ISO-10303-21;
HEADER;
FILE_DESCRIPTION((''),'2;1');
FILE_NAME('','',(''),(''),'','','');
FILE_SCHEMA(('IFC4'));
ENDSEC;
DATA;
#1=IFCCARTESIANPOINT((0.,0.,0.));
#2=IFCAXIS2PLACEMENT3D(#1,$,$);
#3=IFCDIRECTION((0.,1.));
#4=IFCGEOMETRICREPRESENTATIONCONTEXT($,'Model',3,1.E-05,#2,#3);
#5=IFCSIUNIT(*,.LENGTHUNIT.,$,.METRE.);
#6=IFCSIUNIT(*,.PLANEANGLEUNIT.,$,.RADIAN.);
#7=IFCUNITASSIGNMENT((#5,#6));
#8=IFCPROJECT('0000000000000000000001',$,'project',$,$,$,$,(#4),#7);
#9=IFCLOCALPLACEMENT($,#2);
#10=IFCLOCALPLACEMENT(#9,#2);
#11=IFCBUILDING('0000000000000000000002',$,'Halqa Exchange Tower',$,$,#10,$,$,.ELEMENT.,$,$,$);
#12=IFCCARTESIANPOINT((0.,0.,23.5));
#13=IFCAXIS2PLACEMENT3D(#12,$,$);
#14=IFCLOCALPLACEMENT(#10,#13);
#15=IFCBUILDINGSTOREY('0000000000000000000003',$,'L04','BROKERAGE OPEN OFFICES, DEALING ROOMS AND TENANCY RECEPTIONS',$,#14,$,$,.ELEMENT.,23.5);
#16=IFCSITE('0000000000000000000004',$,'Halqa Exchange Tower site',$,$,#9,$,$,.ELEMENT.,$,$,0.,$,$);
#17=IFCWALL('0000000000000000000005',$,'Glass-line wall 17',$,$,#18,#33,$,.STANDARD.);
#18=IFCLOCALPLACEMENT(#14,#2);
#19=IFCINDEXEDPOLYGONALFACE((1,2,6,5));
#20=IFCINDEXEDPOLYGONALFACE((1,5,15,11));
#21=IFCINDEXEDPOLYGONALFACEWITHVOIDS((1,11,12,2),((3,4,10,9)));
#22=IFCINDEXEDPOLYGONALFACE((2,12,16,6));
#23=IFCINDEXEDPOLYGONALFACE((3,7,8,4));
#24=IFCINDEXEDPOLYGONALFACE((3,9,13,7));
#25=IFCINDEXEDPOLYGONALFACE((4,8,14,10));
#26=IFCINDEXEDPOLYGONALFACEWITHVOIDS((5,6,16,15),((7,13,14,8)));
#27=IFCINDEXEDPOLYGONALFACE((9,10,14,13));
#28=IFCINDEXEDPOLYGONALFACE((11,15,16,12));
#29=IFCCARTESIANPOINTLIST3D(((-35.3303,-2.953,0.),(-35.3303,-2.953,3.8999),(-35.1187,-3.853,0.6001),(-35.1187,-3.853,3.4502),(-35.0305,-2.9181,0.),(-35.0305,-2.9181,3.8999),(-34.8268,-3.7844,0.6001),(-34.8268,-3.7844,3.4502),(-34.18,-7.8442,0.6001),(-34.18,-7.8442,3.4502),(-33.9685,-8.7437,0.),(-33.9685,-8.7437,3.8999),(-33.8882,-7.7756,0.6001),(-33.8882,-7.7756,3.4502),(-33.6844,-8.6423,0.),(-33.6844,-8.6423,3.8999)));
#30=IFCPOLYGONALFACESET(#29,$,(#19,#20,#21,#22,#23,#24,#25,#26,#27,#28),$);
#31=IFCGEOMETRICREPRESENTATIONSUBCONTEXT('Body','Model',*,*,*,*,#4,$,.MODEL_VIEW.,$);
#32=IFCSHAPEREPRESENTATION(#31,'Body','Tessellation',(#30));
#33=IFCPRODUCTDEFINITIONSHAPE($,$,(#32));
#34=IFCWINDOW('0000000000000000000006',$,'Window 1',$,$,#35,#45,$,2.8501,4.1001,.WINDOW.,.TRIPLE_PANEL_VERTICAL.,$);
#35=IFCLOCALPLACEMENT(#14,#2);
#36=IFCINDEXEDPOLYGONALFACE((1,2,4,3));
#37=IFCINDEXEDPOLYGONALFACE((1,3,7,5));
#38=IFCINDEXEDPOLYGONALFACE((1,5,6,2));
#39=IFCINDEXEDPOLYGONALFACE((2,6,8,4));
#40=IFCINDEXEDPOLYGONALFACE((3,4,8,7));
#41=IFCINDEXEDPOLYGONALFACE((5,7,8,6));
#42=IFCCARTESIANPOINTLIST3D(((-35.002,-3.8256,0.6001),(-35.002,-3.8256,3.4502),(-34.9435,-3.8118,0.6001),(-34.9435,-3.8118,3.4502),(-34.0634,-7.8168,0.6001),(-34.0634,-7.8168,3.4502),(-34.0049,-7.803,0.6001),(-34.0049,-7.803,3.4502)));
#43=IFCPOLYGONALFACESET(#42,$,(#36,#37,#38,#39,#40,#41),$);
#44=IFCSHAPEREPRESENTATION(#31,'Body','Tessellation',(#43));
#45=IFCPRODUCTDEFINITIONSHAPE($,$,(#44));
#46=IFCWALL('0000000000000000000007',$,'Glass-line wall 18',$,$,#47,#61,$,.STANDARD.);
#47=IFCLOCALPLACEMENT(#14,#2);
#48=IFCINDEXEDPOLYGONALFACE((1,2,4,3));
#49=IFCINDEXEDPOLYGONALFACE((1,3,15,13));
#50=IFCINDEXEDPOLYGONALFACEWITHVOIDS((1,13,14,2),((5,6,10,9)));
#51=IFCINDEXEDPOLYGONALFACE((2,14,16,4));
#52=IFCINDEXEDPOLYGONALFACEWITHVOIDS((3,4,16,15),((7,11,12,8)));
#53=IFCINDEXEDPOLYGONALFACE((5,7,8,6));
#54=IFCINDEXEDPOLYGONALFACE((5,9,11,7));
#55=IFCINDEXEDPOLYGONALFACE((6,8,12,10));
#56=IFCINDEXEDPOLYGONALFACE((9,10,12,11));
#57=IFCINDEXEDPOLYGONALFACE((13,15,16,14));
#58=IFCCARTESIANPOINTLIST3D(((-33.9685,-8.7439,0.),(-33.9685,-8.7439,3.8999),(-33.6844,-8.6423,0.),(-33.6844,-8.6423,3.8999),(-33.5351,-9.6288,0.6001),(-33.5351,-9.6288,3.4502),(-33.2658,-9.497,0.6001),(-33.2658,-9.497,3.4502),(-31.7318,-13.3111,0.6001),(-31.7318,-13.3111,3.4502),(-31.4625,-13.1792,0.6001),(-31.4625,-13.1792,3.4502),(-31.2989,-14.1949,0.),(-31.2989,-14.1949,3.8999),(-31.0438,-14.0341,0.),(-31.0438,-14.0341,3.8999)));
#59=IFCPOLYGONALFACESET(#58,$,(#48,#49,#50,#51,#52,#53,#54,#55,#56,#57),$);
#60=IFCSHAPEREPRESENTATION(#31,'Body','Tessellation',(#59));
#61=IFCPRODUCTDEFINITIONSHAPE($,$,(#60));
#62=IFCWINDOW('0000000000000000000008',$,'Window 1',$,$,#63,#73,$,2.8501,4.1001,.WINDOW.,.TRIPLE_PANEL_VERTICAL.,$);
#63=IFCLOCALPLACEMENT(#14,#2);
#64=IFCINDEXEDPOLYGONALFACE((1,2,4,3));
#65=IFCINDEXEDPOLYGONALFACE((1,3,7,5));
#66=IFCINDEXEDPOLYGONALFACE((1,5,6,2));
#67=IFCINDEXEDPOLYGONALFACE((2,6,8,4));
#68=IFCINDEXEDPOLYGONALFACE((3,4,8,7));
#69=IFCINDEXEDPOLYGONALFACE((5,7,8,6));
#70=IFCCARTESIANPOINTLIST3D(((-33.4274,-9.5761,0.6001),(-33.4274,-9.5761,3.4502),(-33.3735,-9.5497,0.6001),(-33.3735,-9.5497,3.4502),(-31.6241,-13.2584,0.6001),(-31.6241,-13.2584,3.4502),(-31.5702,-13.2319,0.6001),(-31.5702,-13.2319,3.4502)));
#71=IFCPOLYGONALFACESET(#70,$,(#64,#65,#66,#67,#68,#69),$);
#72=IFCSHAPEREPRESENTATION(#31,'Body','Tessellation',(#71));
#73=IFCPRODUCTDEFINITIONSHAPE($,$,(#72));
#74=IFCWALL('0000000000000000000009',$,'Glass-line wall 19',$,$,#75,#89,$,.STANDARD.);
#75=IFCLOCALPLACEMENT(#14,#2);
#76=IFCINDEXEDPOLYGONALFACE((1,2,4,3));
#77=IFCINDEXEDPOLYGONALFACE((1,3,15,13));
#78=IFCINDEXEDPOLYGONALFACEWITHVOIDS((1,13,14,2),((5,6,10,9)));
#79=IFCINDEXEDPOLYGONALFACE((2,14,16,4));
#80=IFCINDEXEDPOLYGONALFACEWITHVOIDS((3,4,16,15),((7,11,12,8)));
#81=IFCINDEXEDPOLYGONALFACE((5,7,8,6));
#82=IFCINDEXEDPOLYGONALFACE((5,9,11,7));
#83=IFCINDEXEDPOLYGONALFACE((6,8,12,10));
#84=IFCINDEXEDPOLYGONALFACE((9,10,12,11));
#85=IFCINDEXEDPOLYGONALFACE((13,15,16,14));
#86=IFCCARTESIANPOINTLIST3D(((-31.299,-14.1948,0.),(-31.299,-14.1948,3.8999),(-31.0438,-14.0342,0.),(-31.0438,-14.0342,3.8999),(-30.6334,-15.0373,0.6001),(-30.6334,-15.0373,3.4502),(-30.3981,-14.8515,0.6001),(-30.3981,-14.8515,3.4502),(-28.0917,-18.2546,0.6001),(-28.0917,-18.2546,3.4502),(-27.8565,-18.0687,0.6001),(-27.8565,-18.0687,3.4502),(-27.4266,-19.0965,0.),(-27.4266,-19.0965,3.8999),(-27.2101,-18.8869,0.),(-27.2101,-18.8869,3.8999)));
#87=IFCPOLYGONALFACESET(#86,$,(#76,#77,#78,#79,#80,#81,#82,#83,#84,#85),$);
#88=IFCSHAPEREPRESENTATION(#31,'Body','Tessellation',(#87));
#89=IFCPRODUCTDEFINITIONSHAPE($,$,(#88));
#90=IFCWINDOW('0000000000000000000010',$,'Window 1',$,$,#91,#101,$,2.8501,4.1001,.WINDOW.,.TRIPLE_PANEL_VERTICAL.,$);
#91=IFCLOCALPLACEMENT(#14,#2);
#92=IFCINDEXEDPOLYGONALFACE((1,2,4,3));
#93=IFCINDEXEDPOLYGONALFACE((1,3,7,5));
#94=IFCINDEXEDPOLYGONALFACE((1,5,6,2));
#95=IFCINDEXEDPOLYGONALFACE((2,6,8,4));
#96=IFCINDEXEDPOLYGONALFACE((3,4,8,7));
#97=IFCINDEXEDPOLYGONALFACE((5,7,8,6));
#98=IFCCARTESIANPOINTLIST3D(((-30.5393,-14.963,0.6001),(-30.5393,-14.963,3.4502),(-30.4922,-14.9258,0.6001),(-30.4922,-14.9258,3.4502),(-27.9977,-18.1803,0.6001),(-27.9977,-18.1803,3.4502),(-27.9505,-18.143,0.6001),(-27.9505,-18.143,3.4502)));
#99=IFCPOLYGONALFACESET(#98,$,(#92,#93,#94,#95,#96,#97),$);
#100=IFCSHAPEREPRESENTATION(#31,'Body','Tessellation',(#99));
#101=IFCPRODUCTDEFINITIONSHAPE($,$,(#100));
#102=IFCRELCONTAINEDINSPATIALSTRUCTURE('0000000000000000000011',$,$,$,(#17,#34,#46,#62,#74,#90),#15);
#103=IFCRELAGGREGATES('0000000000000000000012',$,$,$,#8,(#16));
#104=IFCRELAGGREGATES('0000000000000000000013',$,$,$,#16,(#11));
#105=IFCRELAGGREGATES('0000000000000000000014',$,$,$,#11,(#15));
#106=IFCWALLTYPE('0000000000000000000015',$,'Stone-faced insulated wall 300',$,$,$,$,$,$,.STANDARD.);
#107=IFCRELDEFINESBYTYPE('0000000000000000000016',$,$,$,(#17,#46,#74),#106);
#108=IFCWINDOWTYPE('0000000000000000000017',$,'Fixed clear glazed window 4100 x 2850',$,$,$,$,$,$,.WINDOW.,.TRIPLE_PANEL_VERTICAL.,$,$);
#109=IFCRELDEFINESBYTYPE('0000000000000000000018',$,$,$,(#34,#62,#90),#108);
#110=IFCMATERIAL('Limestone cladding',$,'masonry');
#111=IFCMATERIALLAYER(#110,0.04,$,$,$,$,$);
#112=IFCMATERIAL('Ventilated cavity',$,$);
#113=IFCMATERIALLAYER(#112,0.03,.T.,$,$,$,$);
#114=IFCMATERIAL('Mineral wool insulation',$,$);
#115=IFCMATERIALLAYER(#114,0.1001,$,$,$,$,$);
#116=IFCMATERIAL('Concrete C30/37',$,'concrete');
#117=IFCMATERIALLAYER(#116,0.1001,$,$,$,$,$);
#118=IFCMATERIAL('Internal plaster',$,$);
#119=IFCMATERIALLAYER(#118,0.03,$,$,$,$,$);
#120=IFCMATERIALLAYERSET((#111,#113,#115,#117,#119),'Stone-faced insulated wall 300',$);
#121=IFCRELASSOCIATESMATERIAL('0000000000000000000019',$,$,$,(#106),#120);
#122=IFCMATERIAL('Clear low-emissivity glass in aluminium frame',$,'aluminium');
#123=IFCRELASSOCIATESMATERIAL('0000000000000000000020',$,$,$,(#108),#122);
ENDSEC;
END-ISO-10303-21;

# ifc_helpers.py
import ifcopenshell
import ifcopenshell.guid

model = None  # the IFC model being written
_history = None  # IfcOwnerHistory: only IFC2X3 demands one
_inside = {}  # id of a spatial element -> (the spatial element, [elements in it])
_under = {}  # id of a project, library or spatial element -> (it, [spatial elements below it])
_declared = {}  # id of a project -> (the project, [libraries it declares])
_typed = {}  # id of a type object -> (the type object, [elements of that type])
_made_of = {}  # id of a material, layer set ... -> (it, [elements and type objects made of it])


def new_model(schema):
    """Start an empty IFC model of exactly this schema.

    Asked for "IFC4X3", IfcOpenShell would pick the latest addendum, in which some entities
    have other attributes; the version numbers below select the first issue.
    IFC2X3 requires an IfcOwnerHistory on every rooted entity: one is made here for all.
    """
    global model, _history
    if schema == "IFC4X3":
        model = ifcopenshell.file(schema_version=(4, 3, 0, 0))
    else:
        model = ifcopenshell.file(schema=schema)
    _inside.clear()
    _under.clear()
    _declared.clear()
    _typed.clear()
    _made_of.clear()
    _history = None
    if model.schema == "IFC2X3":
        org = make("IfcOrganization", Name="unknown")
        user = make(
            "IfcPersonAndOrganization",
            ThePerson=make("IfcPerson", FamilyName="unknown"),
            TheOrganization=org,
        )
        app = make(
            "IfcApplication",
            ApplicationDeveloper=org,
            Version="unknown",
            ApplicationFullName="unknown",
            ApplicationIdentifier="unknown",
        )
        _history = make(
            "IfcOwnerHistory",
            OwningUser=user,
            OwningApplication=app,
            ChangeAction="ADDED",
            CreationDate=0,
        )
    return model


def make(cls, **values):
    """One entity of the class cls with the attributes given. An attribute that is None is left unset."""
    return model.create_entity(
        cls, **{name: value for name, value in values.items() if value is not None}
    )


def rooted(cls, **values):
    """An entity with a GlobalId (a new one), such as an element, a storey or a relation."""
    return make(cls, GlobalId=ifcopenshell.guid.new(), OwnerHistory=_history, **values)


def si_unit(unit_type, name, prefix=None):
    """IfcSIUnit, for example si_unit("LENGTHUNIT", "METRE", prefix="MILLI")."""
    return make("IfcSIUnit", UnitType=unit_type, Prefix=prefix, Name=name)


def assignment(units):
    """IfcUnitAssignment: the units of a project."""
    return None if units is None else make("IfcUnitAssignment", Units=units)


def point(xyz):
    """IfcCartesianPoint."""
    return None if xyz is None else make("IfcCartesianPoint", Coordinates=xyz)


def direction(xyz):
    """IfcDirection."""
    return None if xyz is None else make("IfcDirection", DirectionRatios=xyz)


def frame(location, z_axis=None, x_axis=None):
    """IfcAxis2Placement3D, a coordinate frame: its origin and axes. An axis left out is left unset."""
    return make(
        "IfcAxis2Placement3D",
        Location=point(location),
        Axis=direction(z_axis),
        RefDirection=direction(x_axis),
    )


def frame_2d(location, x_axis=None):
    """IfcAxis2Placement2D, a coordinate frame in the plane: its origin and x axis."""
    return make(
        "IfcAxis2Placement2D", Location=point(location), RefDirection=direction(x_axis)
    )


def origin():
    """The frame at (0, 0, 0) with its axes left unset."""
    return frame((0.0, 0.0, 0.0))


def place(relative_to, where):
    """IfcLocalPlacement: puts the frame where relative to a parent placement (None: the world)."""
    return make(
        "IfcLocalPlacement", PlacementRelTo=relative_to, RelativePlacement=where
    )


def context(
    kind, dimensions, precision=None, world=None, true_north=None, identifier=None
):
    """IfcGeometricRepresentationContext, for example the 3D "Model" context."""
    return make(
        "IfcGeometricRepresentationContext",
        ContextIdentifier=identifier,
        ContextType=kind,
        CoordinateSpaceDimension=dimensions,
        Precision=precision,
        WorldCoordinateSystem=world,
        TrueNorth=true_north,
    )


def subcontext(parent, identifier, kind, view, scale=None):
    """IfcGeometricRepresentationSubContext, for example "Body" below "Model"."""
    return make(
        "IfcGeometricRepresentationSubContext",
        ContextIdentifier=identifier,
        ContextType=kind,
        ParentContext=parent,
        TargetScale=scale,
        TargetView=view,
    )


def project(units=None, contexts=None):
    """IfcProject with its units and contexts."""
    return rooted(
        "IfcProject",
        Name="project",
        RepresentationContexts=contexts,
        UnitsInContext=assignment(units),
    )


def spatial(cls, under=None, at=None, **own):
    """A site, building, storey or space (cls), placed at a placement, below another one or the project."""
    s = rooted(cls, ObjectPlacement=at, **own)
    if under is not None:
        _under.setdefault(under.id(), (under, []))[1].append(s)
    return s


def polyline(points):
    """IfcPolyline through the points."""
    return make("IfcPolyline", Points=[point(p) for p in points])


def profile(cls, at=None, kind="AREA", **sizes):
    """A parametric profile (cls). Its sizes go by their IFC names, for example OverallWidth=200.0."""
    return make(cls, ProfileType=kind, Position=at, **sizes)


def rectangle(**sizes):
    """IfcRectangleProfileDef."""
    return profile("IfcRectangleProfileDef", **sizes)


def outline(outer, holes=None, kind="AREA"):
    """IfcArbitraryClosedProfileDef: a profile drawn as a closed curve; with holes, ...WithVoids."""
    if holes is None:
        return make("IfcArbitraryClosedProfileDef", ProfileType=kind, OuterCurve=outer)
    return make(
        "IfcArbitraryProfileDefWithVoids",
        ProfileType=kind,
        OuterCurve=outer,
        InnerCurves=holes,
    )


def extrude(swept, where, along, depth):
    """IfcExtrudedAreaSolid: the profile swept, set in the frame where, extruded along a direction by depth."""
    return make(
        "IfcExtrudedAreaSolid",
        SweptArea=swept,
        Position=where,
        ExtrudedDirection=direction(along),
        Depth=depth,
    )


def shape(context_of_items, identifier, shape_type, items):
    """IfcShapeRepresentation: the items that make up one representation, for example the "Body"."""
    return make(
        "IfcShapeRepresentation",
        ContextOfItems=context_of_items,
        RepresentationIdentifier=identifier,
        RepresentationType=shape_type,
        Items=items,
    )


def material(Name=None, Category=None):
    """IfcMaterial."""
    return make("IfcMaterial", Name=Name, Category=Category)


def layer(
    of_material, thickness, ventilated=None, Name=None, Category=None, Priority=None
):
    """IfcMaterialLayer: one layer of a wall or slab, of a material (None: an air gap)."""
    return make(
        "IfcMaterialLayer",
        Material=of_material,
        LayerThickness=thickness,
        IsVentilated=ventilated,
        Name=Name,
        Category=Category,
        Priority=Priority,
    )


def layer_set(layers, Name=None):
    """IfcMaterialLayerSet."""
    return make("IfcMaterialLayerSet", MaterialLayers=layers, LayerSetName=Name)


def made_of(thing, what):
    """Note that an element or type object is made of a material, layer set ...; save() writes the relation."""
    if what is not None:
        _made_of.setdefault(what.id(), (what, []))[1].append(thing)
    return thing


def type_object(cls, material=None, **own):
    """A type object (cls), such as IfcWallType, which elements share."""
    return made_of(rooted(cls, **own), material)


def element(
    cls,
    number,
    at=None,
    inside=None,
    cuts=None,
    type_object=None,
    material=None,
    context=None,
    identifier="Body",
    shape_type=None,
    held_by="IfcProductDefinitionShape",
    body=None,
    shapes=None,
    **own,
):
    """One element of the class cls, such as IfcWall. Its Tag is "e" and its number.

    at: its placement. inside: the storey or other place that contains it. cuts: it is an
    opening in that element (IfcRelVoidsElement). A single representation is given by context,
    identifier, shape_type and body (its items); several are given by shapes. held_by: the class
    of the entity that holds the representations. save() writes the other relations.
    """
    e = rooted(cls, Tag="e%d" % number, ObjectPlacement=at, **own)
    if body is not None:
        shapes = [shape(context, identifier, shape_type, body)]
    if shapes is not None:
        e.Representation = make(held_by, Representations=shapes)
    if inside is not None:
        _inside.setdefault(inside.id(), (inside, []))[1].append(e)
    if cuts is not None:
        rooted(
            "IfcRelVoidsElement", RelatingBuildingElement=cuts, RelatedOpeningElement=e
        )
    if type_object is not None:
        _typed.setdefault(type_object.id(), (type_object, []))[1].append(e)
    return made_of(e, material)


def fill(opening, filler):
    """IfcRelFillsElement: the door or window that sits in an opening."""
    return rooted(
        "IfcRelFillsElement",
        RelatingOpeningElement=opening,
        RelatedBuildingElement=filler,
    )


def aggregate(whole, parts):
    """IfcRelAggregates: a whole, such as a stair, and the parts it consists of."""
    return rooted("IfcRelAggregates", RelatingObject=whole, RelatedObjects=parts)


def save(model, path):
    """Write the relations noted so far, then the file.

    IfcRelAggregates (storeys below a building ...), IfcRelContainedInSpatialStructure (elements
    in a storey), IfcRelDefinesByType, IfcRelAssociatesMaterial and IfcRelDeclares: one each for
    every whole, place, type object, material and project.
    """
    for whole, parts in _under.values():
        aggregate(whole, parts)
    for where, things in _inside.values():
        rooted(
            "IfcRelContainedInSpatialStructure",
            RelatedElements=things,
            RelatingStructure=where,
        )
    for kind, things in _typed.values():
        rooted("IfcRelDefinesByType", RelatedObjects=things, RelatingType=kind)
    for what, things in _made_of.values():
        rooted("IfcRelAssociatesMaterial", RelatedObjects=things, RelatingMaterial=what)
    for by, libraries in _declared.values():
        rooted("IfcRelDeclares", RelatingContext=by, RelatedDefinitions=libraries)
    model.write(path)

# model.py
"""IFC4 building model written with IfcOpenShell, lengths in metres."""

from ifc_helpers import new_model, si_unit, direction, frame, frame_2d, origin, place, context, subcontext, project, spatial, polyline, rectangle, outline, extrude, material, layer, layer_set, type_object, element, fill, save


model = new_model("IFC4")

# Units and contexts
model_context = context("Model", 3, precision=1e-05, world=origin(), true_north=direction((0.0, 1.0)))
body_context = subcontext(model_context, "Body", "Model", "MODEL_VIEW")
ifc_project = project(units=[si_unit("LENGTHUNIT", "METRE"), si_unit("PLANEANGLEUNIT", "RADIAN")], contexts=[model_context])

# Site, building, storey
site_placement = place(None, origin())
site = spatial("IfcSite", under=ifc_project, at=site_placement, Name="Halqa Exchange Tower site", CompositionType="ELEMENT", RefElevation=0.0)
building_placement = place(site_placement, origin())
building = spatial("IfcBuilding", under=site, at=building_placement, Name="Halqa Exchange Tower", CompositionType="ELEMENT")
storey_placement = place(building_placement, frame((0.0, 0.0, 23.5)))
storey = spatial("IfcBuildingStorey", under=building, at=storey_placement, Name="L04", Description="BROKERAGE OPEN OFFICES, DEALING ROOMS AND TENANCY RECEPTIONS", CompositionType="ELEMENT", Elevation=23.5)

# Walls, openings, windows
ifc_material_1 = material(Name="Limestone cladding", Category="masonry")
ifc_layer_1 = layer(ifc_material_1, 0.04)
ifc_material_2 = material(Name="Ventilated cavity")
ifc_layer_2 = layer(ifc_material_2, 0.03, ventilated=True)
ifc_material_3 = material(Name="Mineral wool insulation")
ifc_layer_3 = layer(ifc_material_3, 0.1001)
ifc_material_4 = material(Name="Concrete C30/37", Category="concrete")
ifc_layer_4 = layer(ifc_material_4, 0.1001)
ifc_material_5 = material(Name="Internal plaster")
ifc_layer_5 = layer(ifc_material_5, 0.03)
ifc_layer_set_1 = layer_set([ifc_layer_1, ifc_layer_2, ifc_layer_3, ifc_layer_4, ifc_layer_5], Name="Stone-faced insulated wall 300")
wall_type_1 = type_object("IfcWallType", Name="Stone-faced insulated wall 300", PredefinedType="STANDARD", material=ifc_layer_set_1)
wall_1_placement = place(storey_placement, frame((-35.1804, -2.9355, 0.0), z_axis=(0.0, 0.0, 1.0), x_axis=(0.228924, -0.973444, 0.0)))
wall_1 = element("IfcWall", 1, at=wall_1_placement, inside=storey, type_object=wall_type_1, Name="Glass-line wall 17", PredefinedType="STANDARD", context=body_context, shape_type="SweptSolid", body=[
    extrude(outline(polyline([(-0.0173, -0.1499), (5.9314, -0.1499), (5.8977, 0.1499), (0.0173, 0.1499), (-0.0173, -0.1499)])), origin(), (0.0, 0.0, 1.0), 3.8999),
])
opening_1_placement = place(wall_1_placement, frame((0.9072, 0.0, 0.6001)))
opening_1 = element("IfcOpeningElement", 2, at=opening_1_placement, cuts=wall_1, PredefinedType="OPENING", context=body_context, shape_type="SweptSolid", body=[
    extrude(rectangle(XDim=4.1001, YDim=2.8501, at=frame_2d((2.05, 1.425))), frame((0.0, 0.1621, 0.0), z_axis=(0.0, -1.0, 0.0), x_axis=(1.0, 0.0, 0.0)), (0.0, 0.0, 1.0), 0.324),
])
ifc_material_6 = material(Name="Clear low-emissivity glass in aluminium frame", Category="aluminium")
window_type = type_object("IfcWindowType", Name="Fixed clear glazed window 4100 x 2850", PartitioningType="TRIPLE_PANEL_VERTICAL", PredefinedType="WINDOW", material=ifc_material_6)
window_1_placement = place(opening_1_placement, origin())
window_1 = element("IfcWindow", 3, at=window_1_placement, inside=storey, type_object=window_type, Name="Window 1", OverallHeight=2.8501, OverallWidth=4.1001, PartitioningType="TRIPLE_PANEL_VERTICAL", PredefinedType="WINDOW", context=body_context, shape_type="SweptSolid", body=[
    extrude(rectangle(XDim=4.1001, YDim=2.8501, at=frame_2d((2.05, 1.425))), frame((0.0, 0.03, 0.0), z_axis=(0.0, -1.0, 0.0), x_axis=(1.0, 0.0, 0.0)), (0.0, 0.0, 1.0), 0.0601),
])
fill(opening_1, window_1)
wall_2_placement = place(storey_placement, frame((-33.8264, -8.6931, 0.0), z_axis=(0.0, 0.0, 1.0), x_axis=(0.439822, -0.898085, 0.0)))
wall_2 = element("IfcWall", 4, at=wall_2_placement, inside=storey, type_object=wall_type_1, Name="Glass-line wall 18", PredefinedType="STANDARD", context=body_context, shape_type="SweptSolid", body=[
    extrude(outline(polyline([(-0.0168, -0.1499), (6.0527, -0.1499), (6.0205, 0.1499), (0.0168, 0.1499), (-0.0168, -0.1499)])), origin(), (0.0, 0.0, 1.0), 3.8999),
])
opening_2_placement = place(wall_2_placement, frame((0.9685, 0.0, 0.6001)))
opening_2 = element("IfcOpeningElement", 5, at=opening_2_placement, cuts=wall_2, PredefinedType="OPENING", context=body_context, shape_type="SweptSolid", body=[
    extrude(rectangle(XDim=4.1001, YDim=2.8501, at=frame_2d((2.05, 1.425))), frame((0.0, 0.1621, 0.0), z_axis=(0.0, -1.0, 0.0), x_axis=(1.0, 0.0, 0.0)), (0.0, 0.0, 1.0), 0.324),
])
window_2_placement = place(opening_2_placement, origin())
window_2 = element("IfcWindow", 6, at=window_2_placement, inside=storey, type_object=window_type, Name="Window 1", OverallHeight=2.8501, OverallWidth=4.1001, PartitioningType="TRIPLE_PANEL_VERTICAL", PredefinedType="WINDOW", context=body_context, shape_type="SweptSolid", body=[
    extrude(rectangle(XDim=4.1001, YDim=2.8501, at=frame_2d((2.05, 1.425))), frame((0.0, 0.03, 0.0), z_axis=(0.0, -1.0, 0.0), x_axis=(1.0, 0.0, 0.0)), (0.0, 0.0, 1.0), 0.0601),
])
fill(opening_2, window_2)
wall_3_placement = place(storey_placement, frame((-31.1714, -14.1145, 0.0), z_axis=(0.0, 0.0, 1.0), x_axis=(0.619903, -0.784679, 0.0)))
wall_3 = element("IfcWall", 7, at=wall_3_placement, inside=storey, type_object=wall_type_1, Name="Glass-line wall 19", PredefinedType="STANDARD", context=body_context, shape_type="SweptSolid", body=[
    extrude(outline(polyline([(-0.0161, -0.1499), (6.2307, -0.1499), (6.2004, 0.1499), (0.0161, 0.1499), (-0.0161, -0.1499)])), origin(), (0.0, 0.0, 1.0), 3.8999),
])
opening_3_placement = place(wall_3_placement, frame((1.0576, 0.0, 0.6001)))
opening_3 = element("IfcOpeningElement", 8, at=opening_3_placement, cuts=wall_3, PredefinedType="OPENING", context=body_context, shape_type="SweptSolid", body=[
    extrude(rectangle(XDim=4.1001, YDim=2.8501, at=frame_2d((2.05, 1.425))), frame((0.0, 0.1621, 0.0), z_axis=(0.0, -1.0, 0.0), x_axis=(1.0, 0.0, 0.0)), (0.0, 0.0, 1.0), 0.324),
])
window_3_placement = place(opening_3_placement, origin())
window_3 = element("IfcWindow", 9, at=window_3_placement, inside=storey, type_object=window_type, Name="Window 1", OverallHeight=2.8501, OverallWidth=4.1001, PartitioningType="TRIPLE_PANEL_VERTICAL", PredefinedType="WINDOW", context=body_context, shape_type="SweptSolid", body=[
    extrude(rectangle(XDim=4.1001, YDim=2.8501, at=frame_2d((2.05, 1.425))), frame((0.0, 0.03, 0.0), z_axis=(0.0, -1.0, 0.0), x_axis=(1.0, 0.0, 0.0)), (0.0, 0.0, 1.0), 0.0601),
])
fill(opening_3, window_3)

save(model, "model.ifc")
